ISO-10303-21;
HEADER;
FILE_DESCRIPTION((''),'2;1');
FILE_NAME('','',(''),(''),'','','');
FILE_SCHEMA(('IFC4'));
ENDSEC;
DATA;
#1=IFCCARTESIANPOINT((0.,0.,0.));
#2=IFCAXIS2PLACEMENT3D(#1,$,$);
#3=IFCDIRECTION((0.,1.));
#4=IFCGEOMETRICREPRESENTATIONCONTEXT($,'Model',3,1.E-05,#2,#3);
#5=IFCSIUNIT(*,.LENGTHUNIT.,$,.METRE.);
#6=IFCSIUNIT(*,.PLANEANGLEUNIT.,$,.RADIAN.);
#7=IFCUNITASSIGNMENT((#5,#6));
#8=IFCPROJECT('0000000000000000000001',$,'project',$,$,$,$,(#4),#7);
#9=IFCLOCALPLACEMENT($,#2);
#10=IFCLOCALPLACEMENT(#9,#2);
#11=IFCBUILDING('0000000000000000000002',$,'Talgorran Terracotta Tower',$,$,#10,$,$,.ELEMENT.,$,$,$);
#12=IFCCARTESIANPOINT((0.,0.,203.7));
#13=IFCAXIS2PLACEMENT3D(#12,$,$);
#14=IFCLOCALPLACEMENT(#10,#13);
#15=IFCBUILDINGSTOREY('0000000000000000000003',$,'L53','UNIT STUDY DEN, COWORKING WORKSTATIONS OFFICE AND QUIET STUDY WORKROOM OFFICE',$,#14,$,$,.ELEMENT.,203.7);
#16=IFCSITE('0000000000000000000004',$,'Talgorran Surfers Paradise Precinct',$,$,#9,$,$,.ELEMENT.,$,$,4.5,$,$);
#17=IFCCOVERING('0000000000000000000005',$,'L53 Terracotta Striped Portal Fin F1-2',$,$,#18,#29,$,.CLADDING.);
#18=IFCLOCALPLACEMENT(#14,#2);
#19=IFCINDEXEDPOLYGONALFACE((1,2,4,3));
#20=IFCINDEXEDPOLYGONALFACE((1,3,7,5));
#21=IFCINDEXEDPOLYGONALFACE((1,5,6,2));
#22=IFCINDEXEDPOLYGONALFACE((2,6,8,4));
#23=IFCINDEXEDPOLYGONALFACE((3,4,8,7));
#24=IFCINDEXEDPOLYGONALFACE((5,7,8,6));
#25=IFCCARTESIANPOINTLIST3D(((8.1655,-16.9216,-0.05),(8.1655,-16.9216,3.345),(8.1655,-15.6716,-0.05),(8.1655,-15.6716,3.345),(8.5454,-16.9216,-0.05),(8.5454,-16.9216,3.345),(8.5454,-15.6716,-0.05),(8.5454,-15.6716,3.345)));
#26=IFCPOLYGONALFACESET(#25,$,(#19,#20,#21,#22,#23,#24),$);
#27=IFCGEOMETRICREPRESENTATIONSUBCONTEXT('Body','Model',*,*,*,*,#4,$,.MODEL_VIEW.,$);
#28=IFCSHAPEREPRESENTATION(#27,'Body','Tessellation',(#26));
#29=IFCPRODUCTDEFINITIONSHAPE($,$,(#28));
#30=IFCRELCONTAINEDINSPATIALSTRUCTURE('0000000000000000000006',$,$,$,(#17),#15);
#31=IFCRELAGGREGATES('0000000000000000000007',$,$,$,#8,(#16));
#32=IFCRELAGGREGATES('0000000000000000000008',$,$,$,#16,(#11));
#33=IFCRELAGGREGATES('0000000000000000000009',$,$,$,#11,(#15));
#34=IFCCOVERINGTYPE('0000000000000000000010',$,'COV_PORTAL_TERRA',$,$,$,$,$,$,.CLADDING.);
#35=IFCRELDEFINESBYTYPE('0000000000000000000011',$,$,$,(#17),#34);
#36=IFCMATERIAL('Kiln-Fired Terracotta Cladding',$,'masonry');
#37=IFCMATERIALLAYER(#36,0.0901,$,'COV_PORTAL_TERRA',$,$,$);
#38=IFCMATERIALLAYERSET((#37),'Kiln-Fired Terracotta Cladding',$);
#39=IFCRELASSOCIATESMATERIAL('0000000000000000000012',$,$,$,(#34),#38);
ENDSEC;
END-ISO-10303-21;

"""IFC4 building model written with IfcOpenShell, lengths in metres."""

from ifc_helpers import new_model, si_unit, direction, frame, origin, origin_2d, place, context, subcontext, project, spatial, rectangle, extrude, material, layer, layer_set, type_object, element, save


model = new_model("IFC4")

# Units and contexts
model_context = context("Model", 3, precision=1e-05, world=origin(), true_north=direction((0.0, 1.0)))
body_context = subcontext(model_context, "Body", "Model", "MODEL_VIEW")
ifc_project = project(units=[si_unit("LENGTHUNIT", "METRE"), si_unit("PLANEANGLEUNIT", "RADIAN")], contexts=[model_context])

# Site, building, storey
site_placement = place(None, origin())
site = spatial("IfcSite", under=ifc_project, at=site_placement, Name="Talgorran Surfers Paradise Precinct", CompositionType="ELEMENT", RefElevation=4.5)
building_placement = place(site_placement, origin())
building = spatial("IfcBuilding", under=site, at=building_placement, Name="Talgorran Terracotta Tower", CompositionType="ELEMENT")
storey_placement = place(building_placement, frame((0.0, 0.0, 203.7)))
storey = spatial("IfcBuildingStorey", under=building, at=storey_placement, Name="L53", Description="UNIT STUDY DEN, COWORKING WORKSTATIONS OFFICE AND QUIET STUDY WORKROOM OFFICE", CompositionType="ELEMENT", Elevation=203.7)

# Covering
ifc_material_1 = material(Name="Kiln-Fired Terracotta Cladding", Category="masonry")
ifc_layer_1 = layer(ifc_material_1, 0.0901, Name="COV_PORTAL_TERRA")
ifc_layer_set_1 = layer_set([ifc_layer_1], Name="Kiln-Fired Terracotta Cladding")
covering_type_1 = type_object("IfcCoveringType", Name="COV_PORTAL_TERRA", PredefinedType="CLADDING", material=ifc_layer_set_1)
covering_1_placement = place(storey_placement, frame((8.3555, -16.2966, -0.05), z_axis=(0.0, 0.0, 1.0), x_axis=(1.0, 0.0, 0.0)))
element("IfcCovering", 1, at=covering_1_placement, inside=storey, type_object=covering_type_1, Name="L53 Terracotta Striped Portal Fin F1-2", PredefinedType="CLADDING", context=body_context, shape_type="SweptSolid", body=[
    extrude(rectangle(XDim=0.3799, YDim=1.25, at=origin_2d()), origin(), (0.0, 0.0, 1.0), 3.395),
])

save(model, "model.ifc")
